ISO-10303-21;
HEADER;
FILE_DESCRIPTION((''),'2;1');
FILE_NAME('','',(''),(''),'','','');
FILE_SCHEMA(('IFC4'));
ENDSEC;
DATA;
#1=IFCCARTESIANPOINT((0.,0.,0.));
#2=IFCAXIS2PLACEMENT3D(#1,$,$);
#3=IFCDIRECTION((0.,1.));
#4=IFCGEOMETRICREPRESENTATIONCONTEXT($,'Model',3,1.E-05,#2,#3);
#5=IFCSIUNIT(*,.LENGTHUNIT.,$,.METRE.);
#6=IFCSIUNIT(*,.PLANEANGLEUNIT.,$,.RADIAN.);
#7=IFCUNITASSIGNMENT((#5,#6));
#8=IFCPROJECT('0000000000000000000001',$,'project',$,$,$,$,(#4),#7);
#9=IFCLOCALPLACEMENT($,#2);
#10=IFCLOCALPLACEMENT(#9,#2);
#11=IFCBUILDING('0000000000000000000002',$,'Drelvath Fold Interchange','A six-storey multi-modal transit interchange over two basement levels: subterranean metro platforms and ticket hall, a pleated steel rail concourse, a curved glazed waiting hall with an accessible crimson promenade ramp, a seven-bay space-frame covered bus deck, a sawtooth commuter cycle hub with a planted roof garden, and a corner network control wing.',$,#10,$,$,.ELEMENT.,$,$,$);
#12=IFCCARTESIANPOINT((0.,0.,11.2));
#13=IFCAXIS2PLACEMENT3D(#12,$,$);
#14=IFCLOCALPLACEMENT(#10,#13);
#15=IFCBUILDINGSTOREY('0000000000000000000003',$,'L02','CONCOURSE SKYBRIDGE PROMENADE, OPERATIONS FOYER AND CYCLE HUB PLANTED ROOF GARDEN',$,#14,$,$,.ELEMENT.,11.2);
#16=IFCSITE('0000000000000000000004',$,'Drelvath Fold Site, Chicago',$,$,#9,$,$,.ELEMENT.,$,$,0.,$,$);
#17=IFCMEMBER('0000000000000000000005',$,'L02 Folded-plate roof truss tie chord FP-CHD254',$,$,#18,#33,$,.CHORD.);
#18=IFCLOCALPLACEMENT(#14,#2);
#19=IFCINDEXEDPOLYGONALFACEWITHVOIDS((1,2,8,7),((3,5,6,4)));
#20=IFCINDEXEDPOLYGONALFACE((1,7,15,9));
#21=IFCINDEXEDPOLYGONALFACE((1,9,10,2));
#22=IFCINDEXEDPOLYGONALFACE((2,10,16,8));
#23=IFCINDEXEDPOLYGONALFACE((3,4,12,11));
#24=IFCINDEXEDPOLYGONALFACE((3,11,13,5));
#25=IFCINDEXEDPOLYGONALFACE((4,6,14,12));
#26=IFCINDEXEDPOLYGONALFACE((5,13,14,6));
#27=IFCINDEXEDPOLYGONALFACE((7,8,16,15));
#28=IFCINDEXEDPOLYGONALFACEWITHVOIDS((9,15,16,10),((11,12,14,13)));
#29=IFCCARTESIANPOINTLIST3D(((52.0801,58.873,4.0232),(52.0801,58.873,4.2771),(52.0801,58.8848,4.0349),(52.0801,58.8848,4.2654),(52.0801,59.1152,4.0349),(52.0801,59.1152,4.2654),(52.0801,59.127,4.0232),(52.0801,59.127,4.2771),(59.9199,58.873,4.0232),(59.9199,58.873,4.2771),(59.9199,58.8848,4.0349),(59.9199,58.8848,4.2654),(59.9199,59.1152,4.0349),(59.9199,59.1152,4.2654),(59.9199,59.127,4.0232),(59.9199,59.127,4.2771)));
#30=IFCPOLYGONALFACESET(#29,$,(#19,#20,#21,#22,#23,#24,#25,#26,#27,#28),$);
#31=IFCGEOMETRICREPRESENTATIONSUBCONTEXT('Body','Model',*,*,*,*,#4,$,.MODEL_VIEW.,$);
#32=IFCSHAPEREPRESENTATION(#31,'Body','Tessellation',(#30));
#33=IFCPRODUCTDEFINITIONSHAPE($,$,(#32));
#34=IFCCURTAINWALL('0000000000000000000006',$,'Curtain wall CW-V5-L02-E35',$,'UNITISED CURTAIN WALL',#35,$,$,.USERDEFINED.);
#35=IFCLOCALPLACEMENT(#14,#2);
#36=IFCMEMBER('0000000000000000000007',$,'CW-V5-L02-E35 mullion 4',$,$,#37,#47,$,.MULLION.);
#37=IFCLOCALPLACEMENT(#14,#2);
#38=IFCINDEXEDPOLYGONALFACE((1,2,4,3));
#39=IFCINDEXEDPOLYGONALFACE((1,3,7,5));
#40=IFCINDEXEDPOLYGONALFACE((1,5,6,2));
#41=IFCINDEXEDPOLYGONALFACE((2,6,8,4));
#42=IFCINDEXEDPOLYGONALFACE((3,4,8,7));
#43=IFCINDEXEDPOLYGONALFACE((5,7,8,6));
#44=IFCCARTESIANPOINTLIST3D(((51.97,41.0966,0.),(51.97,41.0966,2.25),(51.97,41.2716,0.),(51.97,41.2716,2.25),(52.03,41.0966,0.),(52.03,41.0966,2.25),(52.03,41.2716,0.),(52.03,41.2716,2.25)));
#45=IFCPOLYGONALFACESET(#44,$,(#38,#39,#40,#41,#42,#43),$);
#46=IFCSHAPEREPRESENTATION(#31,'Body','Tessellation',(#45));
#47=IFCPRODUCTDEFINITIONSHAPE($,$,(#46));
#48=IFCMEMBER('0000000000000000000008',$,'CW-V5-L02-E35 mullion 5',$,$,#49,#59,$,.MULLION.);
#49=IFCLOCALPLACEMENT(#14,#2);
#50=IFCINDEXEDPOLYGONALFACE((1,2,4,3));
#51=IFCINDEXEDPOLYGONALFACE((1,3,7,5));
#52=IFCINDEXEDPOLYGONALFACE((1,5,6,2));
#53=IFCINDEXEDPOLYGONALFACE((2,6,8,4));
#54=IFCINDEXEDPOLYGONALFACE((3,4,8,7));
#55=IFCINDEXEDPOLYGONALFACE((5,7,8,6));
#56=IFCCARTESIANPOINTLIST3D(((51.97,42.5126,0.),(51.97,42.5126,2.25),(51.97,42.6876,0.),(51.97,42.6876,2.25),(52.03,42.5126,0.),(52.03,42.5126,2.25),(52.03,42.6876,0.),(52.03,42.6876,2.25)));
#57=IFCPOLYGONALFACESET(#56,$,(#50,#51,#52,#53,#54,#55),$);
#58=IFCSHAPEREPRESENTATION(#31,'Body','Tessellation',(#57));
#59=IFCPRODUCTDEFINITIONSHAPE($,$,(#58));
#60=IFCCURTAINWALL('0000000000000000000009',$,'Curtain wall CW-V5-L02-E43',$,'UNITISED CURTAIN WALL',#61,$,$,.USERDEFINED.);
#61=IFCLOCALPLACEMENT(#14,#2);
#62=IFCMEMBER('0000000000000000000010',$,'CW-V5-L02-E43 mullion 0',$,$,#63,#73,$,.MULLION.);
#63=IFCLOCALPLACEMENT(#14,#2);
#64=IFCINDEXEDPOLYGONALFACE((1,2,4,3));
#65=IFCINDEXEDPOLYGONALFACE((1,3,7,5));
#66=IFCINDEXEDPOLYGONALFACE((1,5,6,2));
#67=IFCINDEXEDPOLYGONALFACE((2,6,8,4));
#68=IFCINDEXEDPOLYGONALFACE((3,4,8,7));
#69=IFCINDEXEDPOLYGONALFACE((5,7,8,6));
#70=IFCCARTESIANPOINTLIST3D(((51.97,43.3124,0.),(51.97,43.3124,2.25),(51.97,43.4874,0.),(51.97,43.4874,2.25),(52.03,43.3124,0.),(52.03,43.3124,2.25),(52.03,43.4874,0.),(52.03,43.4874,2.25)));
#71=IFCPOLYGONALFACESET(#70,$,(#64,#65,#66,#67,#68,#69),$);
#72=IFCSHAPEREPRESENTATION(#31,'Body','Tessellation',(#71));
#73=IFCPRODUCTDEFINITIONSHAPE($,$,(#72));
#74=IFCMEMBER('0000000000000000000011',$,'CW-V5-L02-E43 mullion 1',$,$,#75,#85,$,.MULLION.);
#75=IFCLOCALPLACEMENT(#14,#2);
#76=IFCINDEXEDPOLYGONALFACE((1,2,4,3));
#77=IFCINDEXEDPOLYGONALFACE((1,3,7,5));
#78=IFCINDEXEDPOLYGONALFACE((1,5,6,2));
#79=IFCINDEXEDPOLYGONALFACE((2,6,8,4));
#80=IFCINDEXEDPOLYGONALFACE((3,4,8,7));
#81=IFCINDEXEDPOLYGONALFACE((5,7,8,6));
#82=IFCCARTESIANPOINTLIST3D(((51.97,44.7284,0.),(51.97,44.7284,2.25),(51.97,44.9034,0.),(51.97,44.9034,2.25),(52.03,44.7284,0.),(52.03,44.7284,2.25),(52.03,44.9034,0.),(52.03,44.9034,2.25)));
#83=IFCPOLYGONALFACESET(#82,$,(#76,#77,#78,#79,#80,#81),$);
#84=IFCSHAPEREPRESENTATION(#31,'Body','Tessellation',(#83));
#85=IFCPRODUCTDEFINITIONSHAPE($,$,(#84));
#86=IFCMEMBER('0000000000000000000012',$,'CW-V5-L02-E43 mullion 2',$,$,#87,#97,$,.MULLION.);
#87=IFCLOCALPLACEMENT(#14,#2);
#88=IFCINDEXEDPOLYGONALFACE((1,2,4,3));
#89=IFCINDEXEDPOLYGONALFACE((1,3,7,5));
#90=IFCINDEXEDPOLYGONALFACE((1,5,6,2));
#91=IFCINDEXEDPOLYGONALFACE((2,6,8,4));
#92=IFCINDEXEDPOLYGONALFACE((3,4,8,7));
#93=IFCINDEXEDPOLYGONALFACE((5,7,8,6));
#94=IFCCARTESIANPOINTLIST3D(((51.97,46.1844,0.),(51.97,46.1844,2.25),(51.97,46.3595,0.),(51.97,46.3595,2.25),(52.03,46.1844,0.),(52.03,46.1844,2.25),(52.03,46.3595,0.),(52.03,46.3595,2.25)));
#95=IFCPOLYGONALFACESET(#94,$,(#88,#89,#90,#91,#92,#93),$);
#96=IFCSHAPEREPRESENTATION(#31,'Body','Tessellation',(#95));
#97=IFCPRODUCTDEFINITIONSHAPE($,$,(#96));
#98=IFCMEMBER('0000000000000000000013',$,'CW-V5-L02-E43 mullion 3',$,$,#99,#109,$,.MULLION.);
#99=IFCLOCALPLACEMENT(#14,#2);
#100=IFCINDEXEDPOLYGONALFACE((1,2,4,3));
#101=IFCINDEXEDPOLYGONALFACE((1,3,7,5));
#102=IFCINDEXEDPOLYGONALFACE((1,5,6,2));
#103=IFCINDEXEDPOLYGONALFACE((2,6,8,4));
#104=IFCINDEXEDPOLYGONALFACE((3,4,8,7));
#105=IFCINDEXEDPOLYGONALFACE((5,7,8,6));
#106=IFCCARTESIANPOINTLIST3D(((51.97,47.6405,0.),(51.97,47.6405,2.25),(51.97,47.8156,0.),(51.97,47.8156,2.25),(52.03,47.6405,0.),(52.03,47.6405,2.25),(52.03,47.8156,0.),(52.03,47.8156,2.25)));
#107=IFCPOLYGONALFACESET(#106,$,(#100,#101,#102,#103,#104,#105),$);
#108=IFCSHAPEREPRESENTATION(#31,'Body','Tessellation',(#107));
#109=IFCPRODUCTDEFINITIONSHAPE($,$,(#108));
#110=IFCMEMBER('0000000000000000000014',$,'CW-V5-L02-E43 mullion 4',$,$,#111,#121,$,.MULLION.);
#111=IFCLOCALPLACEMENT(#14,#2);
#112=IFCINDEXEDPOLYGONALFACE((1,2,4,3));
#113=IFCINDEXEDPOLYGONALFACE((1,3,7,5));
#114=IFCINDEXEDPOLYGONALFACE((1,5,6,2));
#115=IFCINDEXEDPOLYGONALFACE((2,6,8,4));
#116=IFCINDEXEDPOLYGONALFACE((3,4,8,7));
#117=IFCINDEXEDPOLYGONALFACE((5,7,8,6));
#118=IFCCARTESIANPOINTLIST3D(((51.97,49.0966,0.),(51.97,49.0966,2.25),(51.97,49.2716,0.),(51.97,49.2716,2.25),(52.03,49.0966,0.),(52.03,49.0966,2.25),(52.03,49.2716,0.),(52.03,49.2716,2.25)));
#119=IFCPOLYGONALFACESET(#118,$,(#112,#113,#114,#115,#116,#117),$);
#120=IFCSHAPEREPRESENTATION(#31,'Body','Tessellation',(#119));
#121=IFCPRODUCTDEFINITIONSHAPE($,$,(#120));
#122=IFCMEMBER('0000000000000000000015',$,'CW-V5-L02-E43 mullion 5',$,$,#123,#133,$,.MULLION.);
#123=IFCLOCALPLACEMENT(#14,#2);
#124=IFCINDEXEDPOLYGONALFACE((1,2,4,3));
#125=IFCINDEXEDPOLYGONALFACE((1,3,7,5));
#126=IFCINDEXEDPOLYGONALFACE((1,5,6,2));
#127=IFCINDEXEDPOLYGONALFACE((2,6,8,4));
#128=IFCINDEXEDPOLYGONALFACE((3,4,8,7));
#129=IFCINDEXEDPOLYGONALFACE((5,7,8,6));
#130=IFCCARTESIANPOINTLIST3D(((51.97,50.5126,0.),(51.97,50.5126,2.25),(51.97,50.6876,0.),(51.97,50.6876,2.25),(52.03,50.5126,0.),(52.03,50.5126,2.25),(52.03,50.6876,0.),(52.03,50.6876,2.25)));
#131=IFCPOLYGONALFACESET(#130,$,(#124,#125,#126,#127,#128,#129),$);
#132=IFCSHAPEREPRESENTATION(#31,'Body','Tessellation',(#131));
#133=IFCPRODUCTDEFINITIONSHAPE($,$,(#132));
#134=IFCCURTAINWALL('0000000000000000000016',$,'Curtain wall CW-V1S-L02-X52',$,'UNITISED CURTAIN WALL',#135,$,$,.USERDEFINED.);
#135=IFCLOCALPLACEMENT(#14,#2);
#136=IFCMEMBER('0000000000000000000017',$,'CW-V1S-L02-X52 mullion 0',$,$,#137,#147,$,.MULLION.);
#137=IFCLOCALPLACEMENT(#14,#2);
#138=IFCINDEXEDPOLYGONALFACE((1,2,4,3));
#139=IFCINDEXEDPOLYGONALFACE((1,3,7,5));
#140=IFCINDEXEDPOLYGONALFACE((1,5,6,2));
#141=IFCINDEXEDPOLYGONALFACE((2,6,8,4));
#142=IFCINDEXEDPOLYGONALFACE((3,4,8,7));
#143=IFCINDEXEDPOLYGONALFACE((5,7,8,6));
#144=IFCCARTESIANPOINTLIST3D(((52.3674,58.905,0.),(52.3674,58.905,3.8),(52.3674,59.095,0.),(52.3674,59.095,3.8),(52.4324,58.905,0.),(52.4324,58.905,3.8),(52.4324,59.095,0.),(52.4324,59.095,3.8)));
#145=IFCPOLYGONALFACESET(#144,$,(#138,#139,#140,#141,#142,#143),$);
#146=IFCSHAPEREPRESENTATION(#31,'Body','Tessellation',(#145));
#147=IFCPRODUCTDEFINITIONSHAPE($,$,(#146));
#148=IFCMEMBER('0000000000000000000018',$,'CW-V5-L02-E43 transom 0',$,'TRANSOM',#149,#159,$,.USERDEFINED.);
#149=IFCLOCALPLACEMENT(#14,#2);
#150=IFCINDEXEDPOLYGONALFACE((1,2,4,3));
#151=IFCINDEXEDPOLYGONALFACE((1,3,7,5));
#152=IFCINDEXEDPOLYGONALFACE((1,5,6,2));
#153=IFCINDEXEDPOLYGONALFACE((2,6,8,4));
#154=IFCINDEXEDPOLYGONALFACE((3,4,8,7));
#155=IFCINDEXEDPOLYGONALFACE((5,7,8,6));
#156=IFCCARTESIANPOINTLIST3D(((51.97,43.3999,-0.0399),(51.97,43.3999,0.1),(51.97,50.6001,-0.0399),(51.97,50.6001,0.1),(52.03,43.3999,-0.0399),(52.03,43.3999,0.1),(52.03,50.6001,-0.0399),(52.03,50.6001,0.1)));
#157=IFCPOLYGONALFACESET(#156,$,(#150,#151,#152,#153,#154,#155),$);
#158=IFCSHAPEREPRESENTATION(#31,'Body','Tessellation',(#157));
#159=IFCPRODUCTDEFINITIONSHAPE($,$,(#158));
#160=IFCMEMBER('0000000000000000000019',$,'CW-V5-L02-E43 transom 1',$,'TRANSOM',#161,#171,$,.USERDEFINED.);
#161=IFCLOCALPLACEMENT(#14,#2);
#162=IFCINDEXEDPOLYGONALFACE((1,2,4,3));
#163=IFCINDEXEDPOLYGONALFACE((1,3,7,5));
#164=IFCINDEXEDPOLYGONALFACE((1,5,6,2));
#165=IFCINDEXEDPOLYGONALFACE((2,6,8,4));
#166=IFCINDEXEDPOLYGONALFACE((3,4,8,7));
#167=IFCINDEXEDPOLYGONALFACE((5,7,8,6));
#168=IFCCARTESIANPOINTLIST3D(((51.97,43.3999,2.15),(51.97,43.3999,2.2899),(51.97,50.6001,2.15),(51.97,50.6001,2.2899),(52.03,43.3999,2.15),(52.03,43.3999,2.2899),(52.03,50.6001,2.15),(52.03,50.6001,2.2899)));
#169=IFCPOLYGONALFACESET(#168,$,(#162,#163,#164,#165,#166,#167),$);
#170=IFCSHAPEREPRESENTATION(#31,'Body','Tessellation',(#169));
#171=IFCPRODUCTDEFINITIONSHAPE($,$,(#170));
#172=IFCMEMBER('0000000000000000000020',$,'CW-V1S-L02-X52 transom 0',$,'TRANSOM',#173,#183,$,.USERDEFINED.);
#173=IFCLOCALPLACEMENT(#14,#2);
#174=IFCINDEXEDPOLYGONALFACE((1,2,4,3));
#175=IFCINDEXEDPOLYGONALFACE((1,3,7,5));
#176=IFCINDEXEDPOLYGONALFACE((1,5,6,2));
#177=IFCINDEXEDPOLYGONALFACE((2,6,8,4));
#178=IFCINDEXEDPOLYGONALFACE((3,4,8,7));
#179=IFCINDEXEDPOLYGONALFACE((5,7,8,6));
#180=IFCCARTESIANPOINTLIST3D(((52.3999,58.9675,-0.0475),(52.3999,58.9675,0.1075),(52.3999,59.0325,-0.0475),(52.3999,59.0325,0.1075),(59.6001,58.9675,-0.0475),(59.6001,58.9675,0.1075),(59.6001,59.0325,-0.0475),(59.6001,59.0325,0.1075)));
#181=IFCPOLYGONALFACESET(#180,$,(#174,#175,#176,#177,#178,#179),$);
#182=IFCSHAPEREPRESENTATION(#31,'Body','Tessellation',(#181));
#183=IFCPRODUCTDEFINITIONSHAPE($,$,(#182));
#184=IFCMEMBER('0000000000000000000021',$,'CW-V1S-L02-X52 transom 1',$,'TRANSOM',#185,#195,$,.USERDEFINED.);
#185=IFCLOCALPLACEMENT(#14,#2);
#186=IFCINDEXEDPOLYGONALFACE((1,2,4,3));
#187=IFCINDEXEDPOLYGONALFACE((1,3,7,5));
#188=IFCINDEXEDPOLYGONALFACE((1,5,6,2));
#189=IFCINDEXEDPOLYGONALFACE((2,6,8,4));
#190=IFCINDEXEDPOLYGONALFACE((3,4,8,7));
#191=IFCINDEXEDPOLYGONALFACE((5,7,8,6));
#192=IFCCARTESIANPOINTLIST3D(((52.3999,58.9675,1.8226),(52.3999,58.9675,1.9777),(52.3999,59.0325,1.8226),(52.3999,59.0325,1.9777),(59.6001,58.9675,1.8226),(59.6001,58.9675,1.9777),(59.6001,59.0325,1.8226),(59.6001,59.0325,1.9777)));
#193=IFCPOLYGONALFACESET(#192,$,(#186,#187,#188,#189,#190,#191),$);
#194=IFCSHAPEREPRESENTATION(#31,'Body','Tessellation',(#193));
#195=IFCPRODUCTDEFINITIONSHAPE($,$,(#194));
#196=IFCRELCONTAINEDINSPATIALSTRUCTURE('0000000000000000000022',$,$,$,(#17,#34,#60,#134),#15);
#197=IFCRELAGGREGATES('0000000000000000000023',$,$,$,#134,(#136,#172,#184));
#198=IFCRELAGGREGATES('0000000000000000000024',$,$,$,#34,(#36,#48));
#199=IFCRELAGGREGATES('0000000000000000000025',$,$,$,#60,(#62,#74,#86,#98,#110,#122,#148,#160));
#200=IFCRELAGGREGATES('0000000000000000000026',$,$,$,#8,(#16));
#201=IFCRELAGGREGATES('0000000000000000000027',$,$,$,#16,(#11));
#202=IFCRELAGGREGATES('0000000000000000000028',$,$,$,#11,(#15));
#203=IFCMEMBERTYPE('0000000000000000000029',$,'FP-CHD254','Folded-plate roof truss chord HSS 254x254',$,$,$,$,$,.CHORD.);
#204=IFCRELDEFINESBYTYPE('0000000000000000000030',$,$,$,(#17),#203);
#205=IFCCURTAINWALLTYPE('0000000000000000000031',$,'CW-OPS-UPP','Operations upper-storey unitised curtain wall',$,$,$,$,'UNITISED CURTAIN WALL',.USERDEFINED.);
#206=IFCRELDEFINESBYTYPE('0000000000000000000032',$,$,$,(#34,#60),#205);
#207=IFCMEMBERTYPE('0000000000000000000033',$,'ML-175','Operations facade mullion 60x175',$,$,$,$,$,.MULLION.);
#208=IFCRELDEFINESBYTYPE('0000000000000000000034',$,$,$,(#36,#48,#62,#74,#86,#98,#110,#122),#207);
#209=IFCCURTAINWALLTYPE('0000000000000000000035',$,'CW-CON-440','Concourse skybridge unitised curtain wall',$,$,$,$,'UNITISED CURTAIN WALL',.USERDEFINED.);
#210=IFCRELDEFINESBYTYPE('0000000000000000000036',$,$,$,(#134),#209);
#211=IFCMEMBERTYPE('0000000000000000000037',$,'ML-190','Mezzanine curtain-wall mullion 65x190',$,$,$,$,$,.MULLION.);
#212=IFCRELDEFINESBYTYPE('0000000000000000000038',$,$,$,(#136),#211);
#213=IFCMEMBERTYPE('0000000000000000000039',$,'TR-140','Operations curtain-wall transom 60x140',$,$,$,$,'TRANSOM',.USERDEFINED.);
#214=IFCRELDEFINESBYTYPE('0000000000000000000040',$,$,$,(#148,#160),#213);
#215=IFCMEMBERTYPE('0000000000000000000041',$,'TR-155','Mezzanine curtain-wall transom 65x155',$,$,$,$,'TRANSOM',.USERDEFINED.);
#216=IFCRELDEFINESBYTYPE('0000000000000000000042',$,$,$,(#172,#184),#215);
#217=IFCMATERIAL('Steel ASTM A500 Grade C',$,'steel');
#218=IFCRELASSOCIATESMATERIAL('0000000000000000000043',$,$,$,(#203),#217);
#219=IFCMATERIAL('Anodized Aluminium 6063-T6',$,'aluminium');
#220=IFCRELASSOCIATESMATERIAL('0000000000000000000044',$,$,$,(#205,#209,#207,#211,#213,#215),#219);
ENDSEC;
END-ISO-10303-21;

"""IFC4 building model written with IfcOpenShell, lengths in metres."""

from ifc_helpers import new_model, si_unit, direction, frame, origin, origin_2d, place, context, subcontext, project, spatial, rectangle, hollow_rectangle, extrude, material, material_profile, profile_set, type_object, element, aggregate, save


model = new_model("IFC4")

# Units and contexts
model_context = context("Model", 3, precision=1e-05, world=origin(), true_north=direction((0.0, 1.0)))
body_context = subcontext(model_context, "Body", "Model", "MODEL_VIEW")
ifc_project = project(units=[si_unit("LENGTHUNIT", "METRE"), si_unit("PLANEANGLEUNIT", "RADIAN")], contexts=[model_context])

# Site, building, storey
site_placement = place(None, origin())
site = spatial("IfcSite", under=ifc_project, at=site_placement, Name="Drelvath Fold Site, Chicago", CompositionType="ELEMENT", RefElevation=0.0)
building_placement = place(site_placement, origin())
building = spatial("IfcBuilding", under=site, at=building_placement, Name="Drelvath Fold Interchange", Description="A six-storey multi-modal transit interchange over two basement levels: subterranean metro platforms and ticket hall, a pleated steel rail concourse, a curved glazed waiting hall with an accessible crimson promenade ramp, a seven-bay space-frame covered bus deck, a sawtooth commuter cycle hub with a planted roof garden, and a corner network control wing.", CompositionType="ELEMENT")
storey_placement = place(building_placement, frame((0.0, 0.0, 11.2)))
storey = spatial("IfcBuildingStorey", under=building, at=storey_placement, Name="L02", Description="CONCOURSE SKYBRIDGE PROMENADE, OPERATIONS FOYER AND CYCLE HUB PLANTED ROOF GARDEN", CompositionType="ELEMENT", Elevation=11.2)

# Member
ifc_material_1 = material(Name="Steel ASTM A500 Grade C", Category="steel")
ifc_material_profile_1 = material_profile(ifc_material_1, hollow_rectangle(XDim=0.2539, YDim=0.2539, WallThickness=0.0117, at=origin_2d()), Name="HSS10X10X1/2")
ifc_profile_set_1 = profile_set([ifc_material_profile_1], Name="Steel ASTM A500 Grade C")
member_type_1 = type_object("IfcMemberType", Name="FP-CHD254", Description="Folded-plate roof truss chord HSS 254x254", PredefinedType="CHORD", material=ifc_profile_set_1)
member_1_placement = place(storey_placement, frame((52.0801, 59.0, 4.1501), z_axis=(1.0, 0.0, 0.0), x_axis=(0.0, 1.0, 0.0)))
element("IfcMember", 1, at=member_1_placement, inside=storey, type_object=member_type_1, Name="L02 Folded-plate roof truss tie chord FP-CHD254", PredefinedType="CHORD", context=body_context, shape_type="SweptSolid", body=[
    extrude(hollow_rectangle(XDim=0.2539, YDim=0.2539, WallThickness=0.0117, at=origin_2d()), origin(), (0.0, 0.0, 1.0), 7.8398),
])

# Curtain walls, members
ifc_material_2 = material(Name="Anodized Aluminium 6063-T6", Category="aluminium")
curtain_wall_type_1 = type_object("IfcCurtainWallType", Name="CW-OPS-UPP", Description="Operations upper-storey unitised curtain wall", ElementType="UNITISED CURTAIN WALL", PredefinedType="USERDEFINED", material=ifc_material_2)
curtain_wall_1_placement = place(storey_placement, origin())
curtain_wall_1 = element("IfcCurtainWall", 2, at=curtain_wall_1_placement, inside=storey, type_object=curtain_wall_type_1, Name="Curtain wall CW-V5-L02-E35", ObjectType="UNITISED CURTAIN WALL", PredefinedType="USERDEFINED")
ifc_material_profile_2 = material_profile(ifc_material_2, rectangle(XDim=0.0601, YDim=0.175, at=origin_2d()), Name="AL-M 60x175")
ifc_profile_set_2 = profile_set([ifc_material_profile_2], Name="Anodized Aluminium 6063-T6")
member_type_2 = type_object("IfcMemberType", Name="ML-175", Description="Operations facade mullion 60x175", PredefinedType="MULLION", material=ifc_profile_set_2)
member_2_placement = place(storey_placement, frame((52.0, 41.1841, 0.0), z_axis=(0.0, 0.0, 1.0), x_axis=(1.0, 0.0, 0.0)))
member_2 = element("IfcMember", 3, at=member_2_placement, type_object=member_type_2, Name="CW-V5-L02-E35 mullion 4", PredefinedType="MULLION", context=body_context, shape_type="SweptSolid", body=[
    extrude(rectangle(XDim=0.0601, YDim=0.175, at=origin_2d()), origin(), (0.0, 0.0, 1.0), 2.25),
])
member_3_placement = place(storey_placement, frame((52.0, 42.6001, 0.0), z_axis=(0.0, 0.0, 1.0), x_axis=(1.0, 0.0, 0.0)))
member_3 = element("IfcMember", 4, at=member_3_placement, type_object=member_type_2, Name="CW-V5-L02-E35 mullion 5", PredefinedType="MULLION", context=body_context, shape_type="SweptSolid", body=[
    extrude(rectangle(XDim=0.0601, YDim=0.175, at=origin_2d()), origin(), (0.0, 0.0, 1.0), 2.25),
])
curtain_wall_2_placement = place(storey_placement, origin())
curtain_wall_2 = element("IfcCurtainWall", 5, at=curtain_wall_2_placement, inside=storey, type_object=curtain_wall_type_1, Name="Curtain wall CW-V5-L02-E43", ObjectType="UNITISED CURTAIN WALL", PredefinedType="USERDEFINED")
member_4_placement = place(storey_placement, frame((52.0, 43.3999, 0.0), z_axis=(0.0, 0.0, 1.0), x_axis=(1.0, 0.0, 0.0)))
member_4 = element("IfcMember", 6, at=member_4_placement, type_object=member_type_2, Name="CW-V5-L02-E43 mullion 0", PredefinedType="MULLION", context=body_context, shape_type="SweptSolid", body=[
    extrude(rectangle(XDim=0.0601, YDim=0.175, at=origin_2d()), origin(), (0.0, 0.0, 1.0), 2.25),
])
member_5_placement = place(storey_placement, frame((52.0, 44.8159, 0.0), z_axis=(0.0, 0.0, 1.0), x_axis=(1.0, 0.0, 0.0)))
member_5 = element("IfcMember", 7, at=member_5_placement, type_object=member_type_2, Name="CW-V5-L02-E43 mullion 1", PredefinedType="MULLION", context=body_context, shape_type="SweptSolid", body=[
    extrude(rectangle(XDim=0.0601, YDim=0.175, at=origin_2d()), origin(), (0.0, 0.0, 1.0), 2.25),
])
member_6_placement = place(storey_placement, frame((52.0, 46.272, 0.0), z_axis=(0.0, 0.0, 1.0), x_axis=(1.0, 0.0, 0.0)))
member_6 = element("IfcMember", 8, at=member_6_placement, type_object=member_type_2, Name="CW-V5-L02-E43 mullion 2", PredefinedType="MULLION", context=body_context, shape_type="SweptSolid", body=[
    extrude(rectangle(XDim=0.0601, YDim=0.175, at=origin_2d()), origin(), (0.0, 0.0, 1.0), 2.25),
])
member_7_placement = place(storey_placement, frame((52.0, 47.728, 0.0), z_axis=(0.0, 0.0, 1.0), x_axis=(1.0, 0.0, 0.0)))
member_7 = element("IfcMember", 9, at=member_7_placement, type_object=member_type_2, Name="CW-V5-L02-E43 mullion 3", PredefinedType="MULLION", context=body_context, shape_type="SweptSolid", body=[
    extrude(rectangle(XDim=0.0601, YDim=0.175, at=origin_2d()), origin(), (0.0, 0.0, 1.0), 2.25),
])
member_8_placement = place(storey_placement, frame((52.0, 49.1841, 0.0), z_axis=(0.0, 0.0, 1.0), x_axis=(1.0, 0.0, 0.0)))
member_8 = element("IfcMember", 10, at=member_8_placement, type_object=member_type_2, Name="CW-V5-L02-E43 mullion 4", PredefinedType="MULLION", context=body_context, shape_type="SweptSolid", body=[
    extrude(rectangle(XDim=0.0601, YDim=0.175, at=origin_2d()), origin(), (0.0, 0.0, 1.0), 2.25),
])
member_9_placement = place(storey_placement, frame((52.0, 50.6001, 0.0), z_axis=(0.0, 0.0, 1.0), x_axis=(1.0, 0.0, 0.0)))
member_9 = element("IfcMember", 11, at=member_9_placement, type_object=member_type_2, Name="CW-V5-L02-E43 mullion 5", PredefinedType="MULLION", context=body_context, shape_type="SweptSolid", body=[
    extrude(rectangle(XDim=0.0601, YDim=0.175, at=origin_2d()), origin(), (0.0, 0.0, 1.0), 2.25),
])

# Curtain wall, member
curtain_wall_type_2 = type_object("IfcCurtainWallType", Name="CW-CON-440", Description="Concourse skybridge unitised curtain wall", ElementType="UNITISED CURTAIN WALL", PredefinedType="USERDEFINED", material=ifc_material_2)
curtain_wall_3_placement = place(storey_placement, origin())
curtain_wall_3 = element("IfcCurtainWall", 12, at=curtain_wall_3_placement, inside=storey, type_object=curtain_wall_type_2, Name="Curtain wall CW-V1S-L02-X52", ObjectType="UNITISED CURTAIN WALL", PredefinedType="USERDEFINED")
ifc_material_profile_3 = material_profile(ifc_material_2, rectangle(XDim=0.0649, YDim=0.1899, at=origin_2d()), Name="AL-M 65x190")
ifc_profile_set_3 = profile_set([ifc_material_profile_3], Name="Anodized Aluminium 6063-T6")
member_type_3 = type_object("IfcMemberType", Name="ML-190", Description="Mezzanine curtain-wall mullion 65x190", PredefinedType="MULLION", material=ifc_profile_set_3)
member_10_placement = place(storey_placement, frame((52.3999, 59.0, 0.0), z_axis=(0.0, 0.0, 1.0), x_axis=(1.0, 0.0, 0.0)))
member_10 = element("IfcMember", 13, at=member_10_placement, type_object=member_type_3, Name="CW-V1S-L02-X52 mullion 0", PredefinedType="MULLION", context=body_context, shape_type="SweptSolid", body=[
    extrude(rectangle(XDim=0.0649, YDim=0.1899, at=origin_2d()), origin(), (0.0, 0.0, 1.0), 3.8),
])

# Members
ifc_material_profile_4 = material_profile(ifc_material_2, rectangle(XDim=0.0601, YDim=0.1399, at=origin_2d()), Name="AL-T 60x140")
ifc_profile_set_4 = profile_set([ifc_material_profile_4], Name="Anodized Aluminium 6063-T6")
member_type_4 = type_object("IfcMemberType", Name="TR-140", Description="Operations curtain-wall transom 60x140", ElementType="TRANSOM", PredefinedType="USERDEFINED", material=ifc_profile_set_4)
member_11_placement = place(storey_placement, frame((52.0, 43.3999, 0.03), z_axis=(0.0, 1.0, 0.0), x_axis=(-1.0, 0.0, 0.0)))
member_11 = element("IfcMember", 14, at=member_11_placement, type_object=member_type_4, Name="CW-V5-L02-E43 transom 0", ObjectType="TRANSOM", PredefinedType="USERDEFINED", context=body_context, shape_type="SweptSolid", body=[
    extrude(rectangle(XDim=0.0601, YDim=0.1399, at=origin_2d()), origin(), (0.0, 0.0, 1.0), 7.2002),
])
member_12_placement = place(storey_placement, frame((52.0, 43.3999, 2.22), z_axis=(0.0, 1.0, 0.0), x_axis=(-1.0, 0.0, 0.0)))
member_12 = element("IfcMember", 15, at=member_12_placement, type_object=member_type_4, Name="CW-V5-L02-E43 transom 1", ObjectType="TRANSOM", PredefinedType="USERDEFINED", context=body_context, shape_type="SweptSolid", body=[
    extrude(rectangle(XDim=0.0601, YDim=0.1399, at=origin_2d()), origin(), (0.0, 0.0, 1.0), 7.2002),
])
ifc_material_profile_5 = material_profile(ifc_material_2, rectangle(XDim=0.0649, YDim=0.155, at=origin_2d()), Name="AL-T 65x155")
ifc_profile_set_5 = profile_set([ifc_material_profile_5], Name="Anodized Aluminium 6063-T6")
member_type_5 = type_object("IfcMemberType", Name="TR-155", Description="Mezzanine curtain-wall transom 65x155", ElementType="TRANSOM", PredefinedType="USERDEFINED", material=ifc_profile_set_5)
member_13_placement = place(storey_placement, frame((52.3999, 59.0, 0.03), z_axis=(1.0, 0.0, 0.0), x_axis=(0.0, 1.0, 0.0)))
member_13 = element("IfcMember", 16, at=member_13_placement, type_object=member_type_5, Name="CW-V1S-L02-X52 transom 0", ObjectType="TRANSOM", PredefinedType="USERDEFINED", context=body_context, shape_type="SweptSolid", body=[
    extrude(rectangle(XDim=0.0649, YDim=0.155, at=origin_2d()), origin(), (0.0, 0.0, 1.0), 7.2002),
])
member_14_placement = place(storey_placement, frame((52.3999, 59.0, 1.9001), z_axis=(1.0, 0.0, 0.0), x_axis=(0.0, 1.0, 0.0)))
member_14 = element("IfcMember", 17, at=member_14_placement, type_object=member_type_5, Name="CW-V1S-L02-X52 transom 1", ObjectType="TRANSOM", PredefinedType="USERDEFINED", context=body_context, shape_type="SweptSolid", body=[
    extrude(rectangle(XDim=0.0649, YDim=0.155, at=origin_2d()), origin(), (0.0, 0.0, 1.0), 7.2002),
])
aggregate(curtain_wall_3, [member_10, member_13, member_14])

aggregate(curtain_wall_1, [member_2, member_3])
aggregate(curtain_wall_2, [member_4, member_5, member_6, member_7, member_8, member_9, member_11, member_12])

save(model, "model.ifc")
